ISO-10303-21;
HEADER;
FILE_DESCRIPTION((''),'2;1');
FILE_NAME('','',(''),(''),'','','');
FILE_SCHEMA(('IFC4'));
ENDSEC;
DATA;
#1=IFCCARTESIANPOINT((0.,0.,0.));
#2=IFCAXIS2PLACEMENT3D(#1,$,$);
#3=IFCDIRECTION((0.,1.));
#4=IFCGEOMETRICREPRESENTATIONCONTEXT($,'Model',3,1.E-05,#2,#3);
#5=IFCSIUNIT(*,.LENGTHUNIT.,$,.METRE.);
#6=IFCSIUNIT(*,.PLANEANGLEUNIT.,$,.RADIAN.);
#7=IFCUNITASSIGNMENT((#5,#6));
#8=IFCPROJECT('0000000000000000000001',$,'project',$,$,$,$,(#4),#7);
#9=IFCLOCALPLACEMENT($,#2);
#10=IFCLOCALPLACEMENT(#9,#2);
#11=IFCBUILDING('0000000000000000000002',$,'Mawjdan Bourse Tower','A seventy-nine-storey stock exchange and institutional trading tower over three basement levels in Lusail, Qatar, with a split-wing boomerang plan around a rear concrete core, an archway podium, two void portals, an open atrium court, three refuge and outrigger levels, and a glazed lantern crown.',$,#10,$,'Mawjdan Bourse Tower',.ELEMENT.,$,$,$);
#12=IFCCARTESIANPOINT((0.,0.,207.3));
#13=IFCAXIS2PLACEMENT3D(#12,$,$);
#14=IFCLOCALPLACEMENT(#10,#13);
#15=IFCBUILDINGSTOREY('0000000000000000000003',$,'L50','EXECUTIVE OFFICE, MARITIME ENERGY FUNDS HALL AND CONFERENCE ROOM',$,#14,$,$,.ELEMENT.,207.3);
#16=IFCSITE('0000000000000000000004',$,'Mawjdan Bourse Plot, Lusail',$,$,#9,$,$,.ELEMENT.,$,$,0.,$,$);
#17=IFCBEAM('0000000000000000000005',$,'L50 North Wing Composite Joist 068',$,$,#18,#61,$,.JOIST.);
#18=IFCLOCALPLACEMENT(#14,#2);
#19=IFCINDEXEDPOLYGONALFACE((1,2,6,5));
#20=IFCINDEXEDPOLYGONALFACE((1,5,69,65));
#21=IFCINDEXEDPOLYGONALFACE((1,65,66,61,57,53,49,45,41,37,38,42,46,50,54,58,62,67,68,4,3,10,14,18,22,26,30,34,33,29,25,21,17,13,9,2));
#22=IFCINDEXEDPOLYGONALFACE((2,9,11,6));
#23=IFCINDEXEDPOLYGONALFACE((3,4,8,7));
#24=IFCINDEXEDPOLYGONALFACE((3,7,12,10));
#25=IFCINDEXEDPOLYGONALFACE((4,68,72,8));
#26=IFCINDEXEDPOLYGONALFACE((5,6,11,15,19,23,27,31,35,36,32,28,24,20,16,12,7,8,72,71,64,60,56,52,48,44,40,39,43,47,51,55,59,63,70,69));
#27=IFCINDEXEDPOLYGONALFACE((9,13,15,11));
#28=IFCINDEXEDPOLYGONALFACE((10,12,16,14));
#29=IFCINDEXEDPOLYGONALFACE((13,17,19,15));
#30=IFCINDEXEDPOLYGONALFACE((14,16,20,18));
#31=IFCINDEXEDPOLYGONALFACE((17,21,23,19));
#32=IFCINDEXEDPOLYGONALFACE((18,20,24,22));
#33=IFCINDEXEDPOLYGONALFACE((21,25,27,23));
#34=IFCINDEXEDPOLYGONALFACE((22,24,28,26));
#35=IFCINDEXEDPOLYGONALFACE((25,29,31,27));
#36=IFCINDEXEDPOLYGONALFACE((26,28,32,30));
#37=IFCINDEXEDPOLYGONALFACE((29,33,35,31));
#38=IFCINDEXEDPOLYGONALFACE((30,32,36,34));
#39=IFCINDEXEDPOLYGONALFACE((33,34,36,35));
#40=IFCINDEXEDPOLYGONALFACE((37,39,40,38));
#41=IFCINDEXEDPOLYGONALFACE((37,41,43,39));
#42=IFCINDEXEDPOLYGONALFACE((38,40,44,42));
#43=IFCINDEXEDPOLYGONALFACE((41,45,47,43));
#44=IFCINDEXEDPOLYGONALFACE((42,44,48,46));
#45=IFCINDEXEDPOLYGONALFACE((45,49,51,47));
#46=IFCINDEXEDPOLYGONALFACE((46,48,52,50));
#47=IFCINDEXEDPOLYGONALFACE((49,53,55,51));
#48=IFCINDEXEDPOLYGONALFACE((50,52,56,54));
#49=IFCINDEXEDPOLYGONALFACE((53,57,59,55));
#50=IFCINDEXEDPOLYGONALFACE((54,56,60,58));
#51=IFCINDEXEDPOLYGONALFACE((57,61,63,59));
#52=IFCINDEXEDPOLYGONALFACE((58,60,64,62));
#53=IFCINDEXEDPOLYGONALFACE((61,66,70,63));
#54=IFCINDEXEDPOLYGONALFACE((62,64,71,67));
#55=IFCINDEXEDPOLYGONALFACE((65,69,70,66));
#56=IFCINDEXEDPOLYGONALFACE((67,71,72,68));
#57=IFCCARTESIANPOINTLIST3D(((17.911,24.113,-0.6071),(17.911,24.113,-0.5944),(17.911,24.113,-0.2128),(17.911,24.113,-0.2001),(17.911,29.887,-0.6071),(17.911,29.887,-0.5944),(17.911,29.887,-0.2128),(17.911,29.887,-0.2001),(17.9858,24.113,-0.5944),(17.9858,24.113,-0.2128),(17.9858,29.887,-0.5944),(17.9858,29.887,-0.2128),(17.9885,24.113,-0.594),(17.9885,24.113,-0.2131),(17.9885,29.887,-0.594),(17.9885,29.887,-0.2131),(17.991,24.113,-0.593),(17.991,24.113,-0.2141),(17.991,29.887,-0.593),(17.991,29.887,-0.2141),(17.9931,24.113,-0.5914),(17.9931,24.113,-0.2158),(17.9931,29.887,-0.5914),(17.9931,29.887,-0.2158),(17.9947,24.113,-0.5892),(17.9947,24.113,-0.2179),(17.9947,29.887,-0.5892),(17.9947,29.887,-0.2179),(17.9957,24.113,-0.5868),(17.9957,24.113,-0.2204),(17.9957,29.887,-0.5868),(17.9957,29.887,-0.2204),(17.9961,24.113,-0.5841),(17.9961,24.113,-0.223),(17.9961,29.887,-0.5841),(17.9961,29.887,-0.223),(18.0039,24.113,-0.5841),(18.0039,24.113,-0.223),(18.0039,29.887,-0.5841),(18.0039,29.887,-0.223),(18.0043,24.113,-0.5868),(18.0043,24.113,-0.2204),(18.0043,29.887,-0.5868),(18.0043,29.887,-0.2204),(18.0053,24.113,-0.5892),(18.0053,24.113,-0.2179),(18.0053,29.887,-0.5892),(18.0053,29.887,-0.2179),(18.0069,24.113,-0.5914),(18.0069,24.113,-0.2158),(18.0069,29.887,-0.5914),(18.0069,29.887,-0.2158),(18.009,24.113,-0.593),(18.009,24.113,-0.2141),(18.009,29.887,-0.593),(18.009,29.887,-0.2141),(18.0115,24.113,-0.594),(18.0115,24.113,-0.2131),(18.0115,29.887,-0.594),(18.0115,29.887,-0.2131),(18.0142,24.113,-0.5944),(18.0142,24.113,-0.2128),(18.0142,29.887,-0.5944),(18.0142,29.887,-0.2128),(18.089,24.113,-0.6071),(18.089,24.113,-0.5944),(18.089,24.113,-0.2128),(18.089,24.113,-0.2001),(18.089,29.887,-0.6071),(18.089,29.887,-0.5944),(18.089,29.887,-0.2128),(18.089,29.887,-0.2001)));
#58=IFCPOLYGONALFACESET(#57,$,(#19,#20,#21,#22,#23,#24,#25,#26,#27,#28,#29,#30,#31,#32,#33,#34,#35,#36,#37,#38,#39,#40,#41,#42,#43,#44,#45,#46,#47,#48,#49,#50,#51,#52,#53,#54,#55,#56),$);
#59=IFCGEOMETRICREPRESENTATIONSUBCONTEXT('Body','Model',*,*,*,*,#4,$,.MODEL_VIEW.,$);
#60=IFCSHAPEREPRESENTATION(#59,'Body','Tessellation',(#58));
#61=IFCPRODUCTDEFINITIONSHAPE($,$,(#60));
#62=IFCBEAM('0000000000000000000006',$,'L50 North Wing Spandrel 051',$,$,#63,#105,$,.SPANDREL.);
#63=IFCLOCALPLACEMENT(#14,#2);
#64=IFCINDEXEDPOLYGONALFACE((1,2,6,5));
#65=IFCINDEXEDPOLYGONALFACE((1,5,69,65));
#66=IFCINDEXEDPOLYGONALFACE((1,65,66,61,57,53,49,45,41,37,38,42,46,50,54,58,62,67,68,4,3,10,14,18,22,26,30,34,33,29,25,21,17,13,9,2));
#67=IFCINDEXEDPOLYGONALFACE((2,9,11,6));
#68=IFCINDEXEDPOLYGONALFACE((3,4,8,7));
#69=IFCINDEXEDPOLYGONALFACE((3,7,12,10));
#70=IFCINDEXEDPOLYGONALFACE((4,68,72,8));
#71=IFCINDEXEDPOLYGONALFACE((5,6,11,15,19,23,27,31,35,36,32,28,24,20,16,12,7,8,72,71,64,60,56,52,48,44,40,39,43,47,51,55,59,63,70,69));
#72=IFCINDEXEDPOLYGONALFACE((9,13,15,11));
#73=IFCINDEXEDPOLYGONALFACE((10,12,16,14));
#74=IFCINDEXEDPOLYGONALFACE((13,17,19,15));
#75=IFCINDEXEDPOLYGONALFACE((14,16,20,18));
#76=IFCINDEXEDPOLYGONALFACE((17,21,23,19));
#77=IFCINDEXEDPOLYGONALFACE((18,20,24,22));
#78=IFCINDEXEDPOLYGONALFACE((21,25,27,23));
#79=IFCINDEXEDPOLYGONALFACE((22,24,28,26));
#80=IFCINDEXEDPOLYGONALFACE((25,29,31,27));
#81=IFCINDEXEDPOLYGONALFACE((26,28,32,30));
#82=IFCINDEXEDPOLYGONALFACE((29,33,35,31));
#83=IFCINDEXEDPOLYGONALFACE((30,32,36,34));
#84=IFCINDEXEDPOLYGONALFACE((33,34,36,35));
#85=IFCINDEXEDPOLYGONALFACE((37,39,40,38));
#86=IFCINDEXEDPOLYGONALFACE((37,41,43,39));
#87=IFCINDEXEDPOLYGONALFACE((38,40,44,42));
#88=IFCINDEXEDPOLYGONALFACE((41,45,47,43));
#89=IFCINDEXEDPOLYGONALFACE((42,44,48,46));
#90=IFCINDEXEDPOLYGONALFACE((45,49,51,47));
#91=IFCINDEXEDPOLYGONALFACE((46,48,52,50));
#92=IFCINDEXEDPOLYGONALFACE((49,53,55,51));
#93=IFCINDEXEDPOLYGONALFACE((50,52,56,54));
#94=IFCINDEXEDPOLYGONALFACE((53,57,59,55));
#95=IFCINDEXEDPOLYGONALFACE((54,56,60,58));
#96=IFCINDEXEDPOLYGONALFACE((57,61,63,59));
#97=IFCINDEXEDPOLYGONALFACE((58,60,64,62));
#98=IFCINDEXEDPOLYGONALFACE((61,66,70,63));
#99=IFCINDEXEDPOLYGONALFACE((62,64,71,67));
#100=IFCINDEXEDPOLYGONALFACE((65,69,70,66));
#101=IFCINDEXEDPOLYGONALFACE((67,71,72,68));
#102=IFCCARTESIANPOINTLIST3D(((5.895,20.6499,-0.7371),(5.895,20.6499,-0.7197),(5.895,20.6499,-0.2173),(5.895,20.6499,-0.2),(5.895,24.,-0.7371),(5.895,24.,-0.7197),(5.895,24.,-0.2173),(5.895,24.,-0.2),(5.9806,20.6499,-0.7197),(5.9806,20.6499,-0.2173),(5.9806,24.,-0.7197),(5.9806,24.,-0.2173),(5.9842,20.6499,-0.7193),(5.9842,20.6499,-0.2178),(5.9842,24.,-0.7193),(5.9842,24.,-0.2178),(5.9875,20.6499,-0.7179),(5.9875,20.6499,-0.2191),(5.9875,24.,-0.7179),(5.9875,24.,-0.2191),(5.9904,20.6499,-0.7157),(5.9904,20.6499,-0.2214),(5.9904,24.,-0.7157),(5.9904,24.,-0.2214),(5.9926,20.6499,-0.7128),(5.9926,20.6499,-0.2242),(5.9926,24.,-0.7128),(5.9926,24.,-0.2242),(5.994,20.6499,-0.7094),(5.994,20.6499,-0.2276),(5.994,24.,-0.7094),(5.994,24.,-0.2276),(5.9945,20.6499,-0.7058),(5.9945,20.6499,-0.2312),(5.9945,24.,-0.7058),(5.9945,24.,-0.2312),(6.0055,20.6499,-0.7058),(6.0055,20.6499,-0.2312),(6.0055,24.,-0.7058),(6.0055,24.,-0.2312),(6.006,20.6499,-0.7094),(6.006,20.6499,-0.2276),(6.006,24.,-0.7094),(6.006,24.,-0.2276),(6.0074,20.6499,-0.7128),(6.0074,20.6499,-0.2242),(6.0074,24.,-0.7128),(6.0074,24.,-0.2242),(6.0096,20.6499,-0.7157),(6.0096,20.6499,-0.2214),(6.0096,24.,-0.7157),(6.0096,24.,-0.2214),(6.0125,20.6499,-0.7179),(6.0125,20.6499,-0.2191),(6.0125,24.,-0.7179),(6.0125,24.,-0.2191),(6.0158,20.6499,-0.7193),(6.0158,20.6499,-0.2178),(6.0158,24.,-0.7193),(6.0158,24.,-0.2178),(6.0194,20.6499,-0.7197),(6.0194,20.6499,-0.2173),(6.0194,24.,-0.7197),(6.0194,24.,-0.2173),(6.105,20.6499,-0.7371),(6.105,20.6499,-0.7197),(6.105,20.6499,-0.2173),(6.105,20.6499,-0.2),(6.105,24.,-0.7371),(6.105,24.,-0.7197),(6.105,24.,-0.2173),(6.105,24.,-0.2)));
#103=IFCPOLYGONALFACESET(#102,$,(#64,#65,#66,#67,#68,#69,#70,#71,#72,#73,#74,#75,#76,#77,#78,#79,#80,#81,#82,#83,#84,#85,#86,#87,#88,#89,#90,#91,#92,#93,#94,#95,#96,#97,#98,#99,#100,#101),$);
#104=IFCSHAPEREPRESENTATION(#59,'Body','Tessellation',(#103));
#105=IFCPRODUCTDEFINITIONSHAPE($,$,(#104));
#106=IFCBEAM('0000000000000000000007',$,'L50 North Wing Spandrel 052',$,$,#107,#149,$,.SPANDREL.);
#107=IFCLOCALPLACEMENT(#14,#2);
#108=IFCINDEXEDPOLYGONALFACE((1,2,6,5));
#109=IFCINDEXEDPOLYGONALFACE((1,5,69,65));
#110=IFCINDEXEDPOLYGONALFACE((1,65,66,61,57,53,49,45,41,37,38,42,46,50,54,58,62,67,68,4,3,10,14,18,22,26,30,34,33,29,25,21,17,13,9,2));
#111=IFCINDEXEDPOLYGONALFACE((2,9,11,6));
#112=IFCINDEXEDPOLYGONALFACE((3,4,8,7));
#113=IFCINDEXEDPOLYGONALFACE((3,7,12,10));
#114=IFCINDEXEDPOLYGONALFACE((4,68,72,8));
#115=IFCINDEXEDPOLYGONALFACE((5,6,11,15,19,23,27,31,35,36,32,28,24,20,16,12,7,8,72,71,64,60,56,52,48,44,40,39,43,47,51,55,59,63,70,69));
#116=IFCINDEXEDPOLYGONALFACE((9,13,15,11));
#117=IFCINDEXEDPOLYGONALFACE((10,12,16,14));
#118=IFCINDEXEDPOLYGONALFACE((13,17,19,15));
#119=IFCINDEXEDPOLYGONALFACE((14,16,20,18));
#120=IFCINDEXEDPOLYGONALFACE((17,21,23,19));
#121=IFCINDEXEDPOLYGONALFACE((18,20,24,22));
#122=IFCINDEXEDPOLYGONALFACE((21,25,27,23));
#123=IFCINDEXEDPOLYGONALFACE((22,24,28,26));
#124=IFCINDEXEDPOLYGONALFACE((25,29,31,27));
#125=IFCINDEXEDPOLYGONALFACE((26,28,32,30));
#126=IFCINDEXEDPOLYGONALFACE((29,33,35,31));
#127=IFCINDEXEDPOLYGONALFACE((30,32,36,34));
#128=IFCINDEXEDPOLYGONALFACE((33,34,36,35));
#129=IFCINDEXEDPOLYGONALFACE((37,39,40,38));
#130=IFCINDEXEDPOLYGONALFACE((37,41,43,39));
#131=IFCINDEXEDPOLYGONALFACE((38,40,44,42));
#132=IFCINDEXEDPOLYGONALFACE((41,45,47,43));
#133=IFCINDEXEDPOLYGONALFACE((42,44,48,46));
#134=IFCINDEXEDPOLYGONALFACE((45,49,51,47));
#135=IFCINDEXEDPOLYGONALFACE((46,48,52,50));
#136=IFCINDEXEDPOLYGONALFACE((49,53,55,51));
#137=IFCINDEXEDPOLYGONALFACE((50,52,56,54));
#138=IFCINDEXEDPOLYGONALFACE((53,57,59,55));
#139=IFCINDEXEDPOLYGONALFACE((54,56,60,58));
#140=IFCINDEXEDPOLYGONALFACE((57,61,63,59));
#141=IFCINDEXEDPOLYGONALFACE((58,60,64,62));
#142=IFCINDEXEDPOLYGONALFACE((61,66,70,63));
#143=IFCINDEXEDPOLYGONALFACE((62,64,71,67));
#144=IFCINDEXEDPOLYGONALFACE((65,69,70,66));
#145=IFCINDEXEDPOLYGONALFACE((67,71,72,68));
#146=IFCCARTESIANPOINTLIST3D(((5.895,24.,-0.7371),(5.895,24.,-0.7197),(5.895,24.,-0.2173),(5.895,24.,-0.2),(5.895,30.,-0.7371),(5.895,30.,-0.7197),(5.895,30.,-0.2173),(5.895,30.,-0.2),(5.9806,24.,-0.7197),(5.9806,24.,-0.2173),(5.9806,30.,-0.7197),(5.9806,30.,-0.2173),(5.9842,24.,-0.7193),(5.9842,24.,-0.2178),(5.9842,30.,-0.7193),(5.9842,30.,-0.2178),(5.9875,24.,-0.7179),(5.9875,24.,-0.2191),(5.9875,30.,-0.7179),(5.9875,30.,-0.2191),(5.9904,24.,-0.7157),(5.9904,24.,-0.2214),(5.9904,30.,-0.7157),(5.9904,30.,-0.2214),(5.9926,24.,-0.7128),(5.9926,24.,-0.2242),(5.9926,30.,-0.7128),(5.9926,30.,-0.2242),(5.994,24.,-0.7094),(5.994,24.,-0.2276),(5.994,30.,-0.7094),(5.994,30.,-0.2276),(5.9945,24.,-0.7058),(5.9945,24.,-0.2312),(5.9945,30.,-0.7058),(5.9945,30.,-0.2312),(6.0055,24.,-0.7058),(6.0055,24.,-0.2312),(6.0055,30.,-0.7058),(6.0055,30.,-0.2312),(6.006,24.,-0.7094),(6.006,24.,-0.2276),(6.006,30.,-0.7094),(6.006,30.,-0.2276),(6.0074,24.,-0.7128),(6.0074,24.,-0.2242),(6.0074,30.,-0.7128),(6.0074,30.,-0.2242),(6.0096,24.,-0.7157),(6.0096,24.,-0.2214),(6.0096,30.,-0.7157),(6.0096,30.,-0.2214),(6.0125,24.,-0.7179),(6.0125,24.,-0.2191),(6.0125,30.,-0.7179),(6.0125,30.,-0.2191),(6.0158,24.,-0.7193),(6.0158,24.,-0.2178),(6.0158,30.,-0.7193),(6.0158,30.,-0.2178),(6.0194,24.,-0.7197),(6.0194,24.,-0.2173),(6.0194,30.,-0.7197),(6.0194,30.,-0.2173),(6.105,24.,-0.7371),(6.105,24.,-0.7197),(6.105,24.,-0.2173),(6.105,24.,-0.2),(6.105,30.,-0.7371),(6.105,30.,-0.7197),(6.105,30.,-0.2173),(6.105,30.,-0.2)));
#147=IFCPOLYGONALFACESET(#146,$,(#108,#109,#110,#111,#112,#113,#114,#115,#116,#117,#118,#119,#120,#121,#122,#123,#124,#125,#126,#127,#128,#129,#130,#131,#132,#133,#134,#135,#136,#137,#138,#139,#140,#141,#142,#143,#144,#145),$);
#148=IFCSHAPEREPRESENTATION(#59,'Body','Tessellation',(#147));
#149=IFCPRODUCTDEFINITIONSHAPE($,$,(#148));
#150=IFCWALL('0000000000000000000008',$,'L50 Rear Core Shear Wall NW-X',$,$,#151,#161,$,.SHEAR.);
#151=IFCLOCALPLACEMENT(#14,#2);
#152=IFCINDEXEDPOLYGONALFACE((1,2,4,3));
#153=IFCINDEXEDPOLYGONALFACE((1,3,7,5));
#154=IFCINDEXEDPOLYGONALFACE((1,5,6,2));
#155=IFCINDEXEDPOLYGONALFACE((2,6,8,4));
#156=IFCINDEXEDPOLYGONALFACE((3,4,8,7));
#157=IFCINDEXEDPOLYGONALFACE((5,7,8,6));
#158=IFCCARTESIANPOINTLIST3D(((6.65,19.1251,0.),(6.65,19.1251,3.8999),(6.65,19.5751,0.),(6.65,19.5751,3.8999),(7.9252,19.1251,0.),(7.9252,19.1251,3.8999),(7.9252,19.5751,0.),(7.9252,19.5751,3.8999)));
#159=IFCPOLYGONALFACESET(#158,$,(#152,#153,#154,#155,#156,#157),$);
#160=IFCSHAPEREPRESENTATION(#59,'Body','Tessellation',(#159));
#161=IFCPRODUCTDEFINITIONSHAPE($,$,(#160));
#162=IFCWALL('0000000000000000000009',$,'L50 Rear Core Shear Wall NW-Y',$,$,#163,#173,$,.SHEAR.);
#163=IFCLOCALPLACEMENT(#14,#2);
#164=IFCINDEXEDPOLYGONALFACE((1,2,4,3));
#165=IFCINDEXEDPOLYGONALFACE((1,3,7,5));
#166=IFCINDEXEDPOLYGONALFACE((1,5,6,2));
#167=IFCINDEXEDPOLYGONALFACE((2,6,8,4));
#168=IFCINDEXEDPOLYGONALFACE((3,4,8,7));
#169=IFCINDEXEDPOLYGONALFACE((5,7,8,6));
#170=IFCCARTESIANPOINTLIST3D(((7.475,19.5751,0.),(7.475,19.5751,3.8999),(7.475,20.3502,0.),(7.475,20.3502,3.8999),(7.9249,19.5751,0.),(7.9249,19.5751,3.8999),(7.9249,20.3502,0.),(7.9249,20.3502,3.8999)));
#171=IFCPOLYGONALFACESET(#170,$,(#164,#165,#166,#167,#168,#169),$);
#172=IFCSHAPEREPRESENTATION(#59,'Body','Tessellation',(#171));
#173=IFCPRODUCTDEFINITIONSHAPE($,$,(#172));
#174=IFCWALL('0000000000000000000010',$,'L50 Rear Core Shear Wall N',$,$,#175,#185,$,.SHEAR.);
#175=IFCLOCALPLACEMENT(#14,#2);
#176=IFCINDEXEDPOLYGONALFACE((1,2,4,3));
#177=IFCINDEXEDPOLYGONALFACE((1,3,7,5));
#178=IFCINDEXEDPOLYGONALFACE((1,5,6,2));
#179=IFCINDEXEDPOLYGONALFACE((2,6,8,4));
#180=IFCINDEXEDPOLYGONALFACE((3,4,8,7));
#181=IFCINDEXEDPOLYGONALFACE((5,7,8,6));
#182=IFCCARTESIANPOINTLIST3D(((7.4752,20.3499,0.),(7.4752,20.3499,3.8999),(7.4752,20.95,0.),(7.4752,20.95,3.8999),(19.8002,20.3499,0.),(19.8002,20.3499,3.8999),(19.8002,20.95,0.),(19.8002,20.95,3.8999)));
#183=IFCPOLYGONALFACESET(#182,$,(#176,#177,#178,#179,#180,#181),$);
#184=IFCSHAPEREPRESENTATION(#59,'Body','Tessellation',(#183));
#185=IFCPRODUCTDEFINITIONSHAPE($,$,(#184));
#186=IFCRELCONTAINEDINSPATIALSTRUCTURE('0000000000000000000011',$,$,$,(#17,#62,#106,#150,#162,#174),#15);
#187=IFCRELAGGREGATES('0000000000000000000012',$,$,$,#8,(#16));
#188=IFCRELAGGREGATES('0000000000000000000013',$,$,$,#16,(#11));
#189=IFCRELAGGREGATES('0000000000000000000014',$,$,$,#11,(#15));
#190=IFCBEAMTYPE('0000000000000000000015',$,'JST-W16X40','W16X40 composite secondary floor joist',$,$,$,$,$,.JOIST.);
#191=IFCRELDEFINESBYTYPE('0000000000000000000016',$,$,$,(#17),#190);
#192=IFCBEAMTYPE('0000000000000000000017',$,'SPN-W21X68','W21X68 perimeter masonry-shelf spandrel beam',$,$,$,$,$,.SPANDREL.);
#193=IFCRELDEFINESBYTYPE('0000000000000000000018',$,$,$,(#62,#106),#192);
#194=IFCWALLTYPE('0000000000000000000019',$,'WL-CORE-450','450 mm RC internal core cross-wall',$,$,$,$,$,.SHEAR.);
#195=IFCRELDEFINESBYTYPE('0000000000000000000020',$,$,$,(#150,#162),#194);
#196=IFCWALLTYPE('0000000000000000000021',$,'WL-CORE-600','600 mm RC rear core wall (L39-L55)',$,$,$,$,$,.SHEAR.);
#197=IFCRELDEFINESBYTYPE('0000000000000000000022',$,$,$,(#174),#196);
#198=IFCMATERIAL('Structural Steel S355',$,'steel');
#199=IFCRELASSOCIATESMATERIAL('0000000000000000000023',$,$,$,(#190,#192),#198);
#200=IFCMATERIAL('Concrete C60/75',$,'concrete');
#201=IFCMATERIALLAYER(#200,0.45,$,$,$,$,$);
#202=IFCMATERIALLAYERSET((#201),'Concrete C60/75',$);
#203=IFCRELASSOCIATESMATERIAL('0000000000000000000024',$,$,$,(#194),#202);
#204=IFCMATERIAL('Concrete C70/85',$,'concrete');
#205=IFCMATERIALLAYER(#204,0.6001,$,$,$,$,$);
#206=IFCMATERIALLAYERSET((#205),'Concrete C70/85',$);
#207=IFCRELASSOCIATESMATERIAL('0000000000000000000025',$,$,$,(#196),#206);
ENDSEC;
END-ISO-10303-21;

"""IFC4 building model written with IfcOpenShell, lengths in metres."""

from ifc_helpers import new_model, si_unit, direction, frame, frame_2d, origin, origin_2d, place, context, subcontext, project, spatial, rectangle, i_section, extrude, material, layer, layer_set, material_profile, profile_set, type_object, element, save


model = new_model("IFC4")

# Units and contexts
model_context = context("Model", 3, precision=1e-05, world=origin(), true_north=direction((0.0, 1.0)))
body_context = subcontext(model_context, "Body", "Model", "MODEL_VIEW")
ifc_project = project(units=[si_unit("LENGTHUNIT", "METRE"), si_unit("PLANEANGLEUNIT", "RADIAN")], contexts=[model_context])

# Site, building, storey
site_placement = place(None, origin())
site = spatial("IfcSite", under=ifc_project, at=site_placement, Name="Mawjdan Bourse Plot, Lusail", CompositionType="ELEMENT", RefElevation=0.0)
building_placement = place(site_placement, origin())
building = spatial("IfcBuilding", under=site, at=building_placement, Name="Mawjdan Bourse Tower", Description="A seventy-nine-storey stock exchange and institutional trading tower over three basement levels in Lusail, Qatar, with a split-wing boomerang plan around a rear concrete core, an archway podium, two void portals, an open atrium court, three refuge and outrigger levels, and a glazed lantern crown.", LongName="Mawjdan Bourse Tower", CompositionType="ELEMENT")
storey_placement = place(building_placement, frame((0.0, 0.0, 207.3)))
storey = spatial("IfcBuildingStorey", under=building, at=storey_placement, Name="L50", Description="EXECUTIVE OFFICE, MARITIME ENERGY FUNDS HALL AND CONFERENCE ROOM", CompositionType="ELEMENT", Elevation=207.3)

# Shared definitions
ifc_material_1 = material(Name="Concrete C70/85", Category="concrete")

# Beams
ifc_material_2 = material(Name="Structural Steel S355", Category="steel")
ifc_material_profile_1 = material_profile(ifc_material_2, i_section(OverallWidth=0.178, OverallDepth=0.407, WebThickness=0.0078, FlangeThickness=0.0127, FilletRadius=0.0103, at=origin_2d()), Name="W16X40")
ifc_profile_set_1 = profile_set([ifc_material_profile_1], Name="Structural Steel S355")
beam_type_1 = type_object("IfcBeamType", Name="JST-W16X40", Description="W16X40 composite secondary floor joist", PredefinedType="JOIST", material=ifc_profile_set_1)
beam_1_placement = place(storey_placement, frame((18.0, 24.113, -0.4036), z_axis=(0.0, 1.0, 0.0), x_axis=(-1.0, 0.0, 0.0)))
element("IfcBeam", 1, at=beam_1_placement, inside=storey, type_object=beam_type_1, Name="L50 North Wing Composite Joist 068", PredefinedType="JOIST", context=body_context, shape_type="SweptSolid", body=[
    extrude(i_section(OverallWidth=0.178, OverallDepth=0.407, WebThickness=0.0078, FlangeThickness=0.0127, FilletRadius=0.0103, at=origin_2d()), origin(), (0.0, 0.0, 1.0), 5.7739),
])
ifc_material_profile_2 = material_profile(ifc_material_2, i_section(OverallWidth=0.21, OverallDepth=0.5371, WebThickness=0.011, FlangeThickness=0.0173, FilletRadius=0.0139, at=origin_2d()), Name="W21X68")
ifc_profile_set_2 = profile_set([ifc_material_profile_2], Name="Structural Steel S355")
beam_type_2 = type_object("IfcBeamType", Name="SPN-W21X68", Description="W21X68 perimeter masonry-shelf spandrel beam", PredefinedType="SPANDREL", material=ifc_profile_set_2)
beam_2_placement = place(storey_placement, frame((6.0, 20.6499, -0.4685), z_axis=(0.0, 1.0, 0.0), x_axis=(-1.0, 0.0, 0.0)))
element("IfcBeam", 2, at=beam_2_placement, inside=storey, type_object=beam_type_2, Name="L50 North Wing Spandrel 051", PredefinedType="SPANDREL", context=body_context, shape_type="SweptSolid", body=[
    extrude(i_section(OverallWidth=0.21, OverallDepth=0.5371, WebThickness=0.011, FlangeThickness=0.0173, FilletRadius=0.0139, at=origin_2d()), origin(), (0.0, 0.0, 1.0), 3.3501),
])
beam_3_placement = place(storey_placement, frame((6.0, 24.0, -0.4685), z_axis=(0.0, 1.0, 0.0), x_axis=(-1.0, 0.0, 0.0)))
element("IfcBeam", 3, at=beam_3_placement, inside=storey, type_object=beam_type_2, Name="L50 North Wing Spandrel 052", PredefinedType="SPANDREL", context=body_context, shape_type="SweptSolid", body=[
    extrude(i_section(OverallWidth=0.21, OverallDepth=0.5371, WebThickness=0.011, FlangeThickness=0.0173, FilletRadius=0.0139, at=origin_2d()), origin(), (0.0, 0.0, 1.0), 6.0),
])

# Walls
ifc_material_3 = material(Name="Concrete C60/75", Category="concrete")
ifc_layer_1 = layer(ifc_material_3, 0.45)
ifc_layer_set_1 = layer_set([ifc_layer_1], Name="Concrete C60/75")
wall_type_1 = type_object("IfcWallType", Name="WL-CORE-450", Description="450 mm RC internal core cross-wall", PredefinedType="SHEAR", material=ifc_layer_set_1)
wall_1_placement = place(storey_placement, frame((6.6499, 19.3501, 0.0), z_axis=(0.0, 0.0, 1.0), x_axis=(1.0, 0.0, 0.0)))
element("IfcWall", 4, at=wall_1_placement, inside=storey, type_object=wall_type_1, Name="L50 Rear Core Shear Wall NW-X", PredefinedType="SHEAR", context=body_context, shape_type="SweptSolid", body=[
    extrude(rectangle(XDim=1.2751, YDim=0.45, at=frame_2d((0.6377, 0.0))), origin(), (0.0, 0.0, 1.0), 3.8999),
])
wall_2_placement = place(storey_placement, frame((7.7, 19.575, 0.0), z_axis=(0.0, 0.0, 1.0), x_axis=(0.0, 1.0, 0.0)))
element("IfcWall", 5, at=wall_2_placement, inside=storey, type_object=wall_type_1, Name="L50 Rear Core Shear Wall NW-Y", PredefinedType="SHEAR", context=body_context, shape_type="SweptSolid", body=[
    extrude(rectangle(XDim=0.7751, YDim=0.45, at=frame_2d((0.3877, 0.0))), origin(), (0.0, 0.0, 1.0), 3.8999),
])
ifc_layer_2 = layer(ifc_material_1, 0.6001)
ifc_layer_set_2 = layer_set([ifc_layer_2], Name="Concrete C70/85")
wall_type_2 = type_object("IfcWallType", Name="WL-CORE-600", Description="600 mm RC rear core wall (L39-L55)", PredefinedType="SHEAR", material=ifc_layer_set_2)
wall_3_placement = place(storey_placement, frame((7.4751, 20.6499, 0.0), z_axis=(0.0, 0.0, 1.0), x_axis=(1.0, 0.0, 0.0)))
element("IfcWall", 6, at=wall_3_placement, inside=storey, type_object=wall_type_2, Name="L50 Rear Core Shear Wall N", PredefinedType="SHEAR", context=body_context, shape_type="SweptSolid", body=[
    extrude(rectangle(XDim=12.325, YDim=0.6001, at=frame_2d((6.1626, 0.0))), origin(), (0.0, 0.0, 1.0), 3.8999),
])

save(model, "model.ifc")
